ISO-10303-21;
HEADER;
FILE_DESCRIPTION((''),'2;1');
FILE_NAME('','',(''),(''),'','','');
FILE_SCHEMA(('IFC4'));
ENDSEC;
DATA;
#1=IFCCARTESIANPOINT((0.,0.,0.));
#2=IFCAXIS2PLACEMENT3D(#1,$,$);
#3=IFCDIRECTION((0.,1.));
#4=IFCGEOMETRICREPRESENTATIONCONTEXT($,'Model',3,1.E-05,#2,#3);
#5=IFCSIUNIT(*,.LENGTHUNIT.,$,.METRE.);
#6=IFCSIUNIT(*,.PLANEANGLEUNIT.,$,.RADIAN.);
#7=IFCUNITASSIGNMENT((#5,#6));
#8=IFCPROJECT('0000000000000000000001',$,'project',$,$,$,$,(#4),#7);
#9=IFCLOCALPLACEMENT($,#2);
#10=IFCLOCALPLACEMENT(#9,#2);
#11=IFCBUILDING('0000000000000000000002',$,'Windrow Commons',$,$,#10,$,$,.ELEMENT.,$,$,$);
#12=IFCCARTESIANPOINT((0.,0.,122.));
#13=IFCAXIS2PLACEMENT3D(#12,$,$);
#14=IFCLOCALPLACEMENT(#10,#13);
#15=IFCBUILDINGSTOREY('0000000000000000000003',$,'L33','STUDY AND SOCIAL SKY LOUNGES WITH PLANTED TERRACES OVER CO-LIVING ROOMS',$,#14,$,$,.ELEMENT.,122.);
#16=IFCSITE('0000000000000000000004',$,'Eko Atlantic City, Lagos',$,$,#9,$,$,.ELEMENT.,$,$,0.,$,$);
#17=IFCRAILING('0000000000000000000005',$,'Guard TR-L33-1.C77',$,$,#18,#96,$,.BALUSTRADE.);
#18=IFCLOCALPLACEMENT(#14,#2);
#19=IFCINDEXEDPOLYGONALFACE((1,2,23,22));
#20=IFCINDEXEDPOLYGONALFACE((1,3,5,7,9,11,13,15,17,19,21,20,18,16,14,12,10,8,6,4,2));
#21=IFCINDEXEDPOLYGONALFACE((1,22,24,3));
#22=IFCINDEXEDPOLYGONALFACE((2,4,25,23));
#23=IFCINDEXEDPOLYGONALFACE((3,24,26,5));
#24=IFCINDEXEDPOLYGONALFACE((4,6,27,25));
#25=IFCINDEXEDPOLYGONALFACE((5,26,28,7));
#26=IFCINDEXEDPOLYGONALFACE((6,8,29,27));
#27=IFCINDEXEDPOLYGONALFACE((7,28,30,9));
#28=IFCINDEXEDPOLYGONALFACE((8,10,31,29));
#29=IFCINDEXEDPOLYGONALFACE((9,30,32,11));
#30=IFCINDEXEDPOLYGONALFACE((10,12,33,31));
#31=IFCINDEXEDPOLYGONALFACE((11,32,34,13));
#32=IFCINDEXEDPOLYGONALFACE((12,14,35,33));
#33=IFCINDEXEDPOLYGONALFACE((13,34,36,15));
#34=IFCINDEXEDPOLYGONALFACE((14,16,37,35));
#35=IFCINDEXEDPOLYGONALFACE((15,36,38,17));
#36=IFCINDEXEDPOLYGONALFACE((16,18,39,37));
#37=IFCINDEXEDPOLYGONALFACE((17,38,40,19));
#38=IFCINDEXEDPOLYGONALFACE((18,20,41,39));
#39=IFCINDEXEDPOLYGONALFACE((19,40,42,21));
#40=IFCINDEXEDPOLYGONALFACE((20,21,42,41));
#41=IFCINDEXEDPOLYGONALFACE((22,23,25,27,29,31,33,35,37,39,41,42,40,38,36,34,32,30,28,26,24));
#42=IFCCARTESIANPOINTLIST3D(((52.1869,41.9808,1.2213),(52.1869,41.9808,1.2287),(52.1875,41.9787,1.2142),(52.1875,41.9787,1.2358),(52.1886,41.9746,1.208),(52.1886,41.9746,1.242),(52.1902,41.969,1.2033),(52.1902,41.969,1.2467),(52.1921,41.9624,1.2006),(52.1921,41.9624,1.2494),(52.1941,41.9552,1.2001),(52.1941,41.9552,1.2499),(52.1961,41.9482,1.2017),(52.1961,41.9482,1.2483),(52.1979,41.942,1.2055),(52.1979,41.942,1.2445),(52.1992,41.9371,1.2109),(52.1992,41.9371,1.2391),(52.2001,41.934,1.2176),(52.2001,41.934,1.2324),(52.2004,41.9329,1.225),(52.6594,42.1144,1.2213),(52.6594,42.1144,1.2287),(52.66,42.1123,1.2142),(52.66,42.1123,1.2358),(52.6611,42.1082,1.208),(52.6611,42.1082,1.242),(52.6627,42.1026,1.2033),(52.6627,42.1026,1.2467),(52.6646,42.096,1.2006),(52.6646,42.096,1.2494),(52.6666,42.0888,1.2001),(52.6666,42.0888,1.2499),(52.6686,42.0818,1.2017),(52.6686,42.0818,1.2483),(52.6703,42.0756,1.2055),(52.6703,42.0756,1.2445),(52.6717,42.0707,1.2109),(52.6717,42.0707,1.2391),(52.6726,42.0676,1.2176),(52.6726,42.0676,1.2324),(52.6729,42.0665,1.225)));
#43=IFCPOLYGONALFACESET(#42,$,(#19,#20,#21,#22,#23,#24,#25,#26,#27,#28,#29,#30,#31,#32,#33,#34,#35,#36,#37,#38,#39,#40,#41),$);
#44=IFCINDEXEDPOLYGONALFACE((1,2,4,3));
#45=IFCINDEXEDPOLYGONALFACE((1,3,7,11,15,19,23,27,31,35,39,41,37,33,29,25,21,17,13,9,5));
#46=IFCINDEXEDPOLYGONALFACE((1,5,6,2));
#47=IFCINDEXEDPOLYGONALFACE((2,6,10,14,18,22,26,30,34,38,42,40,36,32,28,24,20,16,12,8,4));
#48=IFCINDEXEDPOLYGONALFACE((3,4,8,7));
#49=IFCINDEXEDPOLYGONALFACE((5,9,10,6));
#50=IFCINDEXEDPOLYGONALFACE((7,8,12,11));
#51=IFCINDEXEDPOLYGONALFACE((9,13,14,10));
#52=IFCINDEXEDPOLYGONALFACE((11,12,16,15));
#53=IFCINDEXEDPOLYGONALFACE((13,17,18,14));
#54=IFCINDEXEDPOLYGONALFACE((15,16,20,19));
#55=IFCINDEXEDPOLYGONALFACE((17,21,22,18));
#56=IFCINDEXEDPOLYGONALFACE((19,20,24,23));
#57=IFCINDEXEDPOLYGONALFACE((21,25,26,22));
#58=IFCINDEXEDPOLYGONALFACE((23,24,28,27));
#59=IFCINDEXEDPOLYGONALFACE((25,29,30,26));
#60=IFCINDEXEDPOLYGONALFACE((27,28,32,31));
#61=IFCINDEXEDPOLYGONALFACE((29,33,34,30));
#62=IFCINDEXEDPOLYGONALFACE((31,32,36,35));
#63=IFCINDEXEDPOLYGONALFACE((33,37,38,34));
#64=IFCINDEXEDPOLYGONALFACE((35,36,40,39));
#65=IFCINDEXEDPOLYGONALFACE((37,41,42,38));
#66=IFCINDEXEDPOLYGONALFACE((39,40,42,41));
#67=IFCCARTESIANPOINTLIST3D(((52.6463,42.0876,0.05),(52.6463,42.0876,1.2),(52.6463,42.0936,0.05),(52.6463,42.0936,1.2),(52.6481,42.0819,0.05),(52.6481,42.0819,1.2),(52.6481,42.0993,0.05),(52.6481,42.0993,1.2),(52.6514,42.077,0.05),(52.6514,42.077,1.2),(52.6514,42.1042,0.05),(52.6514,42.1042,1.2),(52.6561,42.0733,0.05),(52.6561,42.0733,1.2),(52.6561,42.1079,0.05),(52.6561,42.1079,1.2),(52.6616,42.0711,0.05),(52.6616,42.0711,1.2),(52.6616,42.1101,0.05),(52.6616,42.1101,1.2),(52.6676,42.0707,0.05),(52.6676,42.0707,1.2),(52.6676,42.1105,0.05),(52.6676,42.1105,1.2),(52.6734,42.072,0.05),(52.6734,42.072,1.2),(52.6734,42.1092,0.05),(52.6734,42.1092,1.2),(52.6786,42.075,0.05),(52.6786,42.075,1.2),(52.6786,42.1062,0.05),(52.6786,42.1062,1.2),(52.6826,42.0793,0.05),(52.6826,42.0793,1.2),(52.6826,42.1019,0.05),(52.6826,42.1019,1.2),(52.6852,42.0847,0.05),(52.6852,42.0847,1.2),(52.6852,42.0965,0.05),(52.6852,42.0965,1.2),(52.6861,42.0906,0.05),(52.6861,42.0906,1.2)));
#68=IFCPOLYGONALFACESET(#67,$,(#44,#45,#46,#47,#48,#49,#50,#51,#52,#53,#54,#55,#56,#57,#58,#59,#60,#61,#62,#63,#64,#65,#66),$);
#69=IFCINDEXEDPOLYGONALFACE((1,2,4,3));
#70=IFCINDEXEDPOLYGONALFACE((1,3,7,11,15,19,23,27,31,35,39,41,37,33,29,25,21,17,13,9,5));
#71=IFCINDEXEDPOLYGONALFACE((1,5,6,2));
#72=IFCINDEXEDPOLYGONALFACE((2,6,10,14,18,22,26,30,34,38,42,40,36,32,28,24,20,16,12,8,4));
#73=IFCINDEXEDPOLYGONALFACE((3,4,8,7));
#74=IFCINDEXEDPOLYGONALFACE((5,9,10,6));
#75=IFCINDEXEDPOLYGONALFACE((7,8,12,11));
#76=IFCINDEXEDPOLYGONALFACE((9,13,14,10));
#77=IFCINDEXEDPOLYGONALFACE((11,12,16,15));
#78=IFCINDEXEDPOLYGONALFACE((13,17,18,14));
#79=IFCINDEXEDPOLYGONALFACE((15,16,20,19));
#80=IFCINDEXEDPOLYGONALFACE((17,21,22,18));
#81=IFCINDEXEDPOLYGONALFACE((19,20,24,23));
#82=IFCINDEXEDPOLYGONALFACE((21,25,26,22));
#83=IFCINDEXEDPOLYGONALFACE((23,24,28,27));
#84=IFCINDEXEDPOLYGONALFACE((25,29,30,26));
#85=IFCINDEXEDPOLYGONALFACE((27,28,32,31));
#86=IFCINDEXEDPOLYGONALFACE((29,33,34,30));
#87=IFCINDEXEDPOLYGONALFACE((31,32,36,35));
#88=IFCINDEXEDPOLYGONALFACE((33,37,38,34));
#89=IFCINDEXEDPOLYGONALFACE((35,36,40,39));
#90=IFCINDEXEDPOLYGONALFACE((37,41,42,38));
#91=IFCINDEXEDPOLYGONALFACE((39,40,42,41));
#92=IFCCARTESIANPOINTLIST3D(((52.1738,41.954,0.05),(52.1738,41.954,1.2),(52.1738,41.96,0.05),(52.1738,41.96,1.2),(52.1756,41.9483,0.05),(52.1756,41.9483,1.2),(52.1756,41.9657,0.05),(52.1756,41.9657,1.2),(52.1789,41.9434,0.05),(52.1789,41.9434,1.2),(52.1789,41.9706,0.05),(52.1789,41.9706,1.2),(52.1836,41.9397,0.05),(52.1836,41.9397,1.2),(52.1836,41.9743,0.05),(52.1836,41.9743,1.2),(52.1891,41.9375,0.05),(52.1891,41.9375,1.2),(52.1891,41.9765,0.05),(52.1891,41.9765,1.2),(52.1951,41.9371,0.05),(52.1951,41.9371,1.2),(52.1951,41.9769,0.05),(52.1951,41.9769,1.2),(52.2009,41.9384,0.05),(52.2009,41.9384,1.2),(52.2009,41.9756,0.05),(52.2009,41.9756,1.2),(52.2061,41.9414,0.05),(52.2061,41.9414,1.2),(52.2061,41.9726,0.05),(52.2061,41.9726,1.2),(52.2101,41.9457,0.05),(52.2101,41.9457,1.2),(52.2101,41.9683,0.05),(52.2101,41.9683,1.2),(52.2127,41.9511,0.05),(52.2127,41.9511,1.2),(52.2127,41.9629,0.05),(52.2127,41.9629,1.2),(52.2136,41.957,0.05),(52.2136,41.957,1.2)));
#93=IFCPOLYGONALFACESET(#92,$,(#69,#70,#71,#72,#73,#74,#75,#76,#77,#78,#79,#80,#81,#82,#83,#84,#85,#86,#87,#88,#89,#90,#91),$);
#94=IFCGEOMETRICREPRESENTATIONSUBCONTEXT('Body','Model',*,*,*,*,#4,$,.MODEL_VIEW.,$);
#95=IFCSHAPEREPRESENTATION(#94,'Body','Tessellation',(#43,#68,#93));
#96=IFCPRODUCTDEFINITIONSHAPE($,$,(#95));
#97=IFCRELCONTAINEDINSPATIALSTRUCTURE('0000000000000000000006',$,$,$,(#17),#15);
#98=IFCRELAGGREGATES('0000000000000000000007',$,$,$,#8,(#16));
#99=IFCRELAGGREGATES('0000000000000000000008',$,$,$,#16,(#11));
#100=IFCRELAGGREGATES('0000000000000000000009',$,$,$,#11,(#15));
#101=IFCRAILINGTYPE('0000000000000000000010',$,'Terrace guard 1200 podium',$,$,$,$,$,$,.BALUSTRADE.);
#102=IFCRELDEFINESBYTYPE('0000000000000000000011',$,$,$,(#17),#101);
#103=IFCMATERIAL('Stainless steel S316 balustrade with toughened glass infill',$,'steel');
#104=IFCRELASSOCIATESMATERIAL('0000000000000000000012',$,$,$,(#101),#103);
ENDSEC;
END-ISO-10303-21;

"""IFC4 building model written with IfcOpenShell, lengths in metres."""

from ifc_helpers import new_model, si_unit, direction, frame, origin, origin_2d, place, context, subcontext, project, spatial, circle, extrude, material, type_object, element, save


model = new_model("IFC4")

# Units and contexts
model_context = context("Model", 3, precision=1e-05, world=origin(), true_north=direction((0.0, 1.0)))
body_context = subcontext(model_context, "Body", "Model", "MODEL_VIEW")
ifc_project = project(units=[si_unit("LENGTHUNIT", "METRE"), si_unit("PLANEANGLEUNIT", "RADIAN")], contexts=[model_context])

# Site, building, storey
site_placement = place(None, origin())
site = spatial("IfcSite", under=ifc_project, at=site_placement, Name="Eko Atlantic City, Lagos", CompositionType="ELEMENT", RefElevation=0.0)
building_placement = place(site_placement, origin())
building = spatial("IfcBuilding", under=site, at=building_placement, Name="Windrow Commons", CompositionType="ELEMENT")
storey_placement = place(building_placement, frame((0.0, 0.0, 122.0)))
storey = spatial("IfcBuildingStorey", under=building, at=storey_placement, Name="L33", Description="STUDY AND SOCIAL SKY LOUNGES WITH PLANTED TERRACES OVER CO-LIVING ROOMS", CompositionType="ELEMENT", Elevation=122.0)

# Railing
ifc_material_1 = material(Name="Stainless steel S316 balustrade with toughened glass infill", Category="steel")
railing_type = type_object("IfcRailingType", Name="Terrace guard 1200 podium", PredefinedType="BALUSTRADE", material=ifc_material_1)
railing_1_placement = place(storey_placement, frame((52.6661, 42.0906, 0.05)))
element("IfcRailing", 1, at=railing_1_placement, inside=storey, type_object=railing_type, Name="Guard TR-L33-1.C77", PredefinedType="BALUSTRADE", context=body_context, shape_type="SweptSolid", body=[
    extrude(circle(Radius=0.025, at=origin_2d()), frame((0.0, 0.0, 1.175), z_axis=(-0.962273, -0.272084, 0.0), x_axis=(0.272084, -0.962273, 0.0)), (0.0, 0.0, 1.0), 0.491),
    extrude(circle(Radius=0.02, at=origin_2d()), origin(), (0.0, 0.0, 1.0), 1.15),
    extrude(circle(Radius=0.02, at=origin_2d()), frame((-0.4725, -0.1336, 0.0)), (0.0, 0.0, 1.0), 1.15),
])

save(model, "model.ifc")
